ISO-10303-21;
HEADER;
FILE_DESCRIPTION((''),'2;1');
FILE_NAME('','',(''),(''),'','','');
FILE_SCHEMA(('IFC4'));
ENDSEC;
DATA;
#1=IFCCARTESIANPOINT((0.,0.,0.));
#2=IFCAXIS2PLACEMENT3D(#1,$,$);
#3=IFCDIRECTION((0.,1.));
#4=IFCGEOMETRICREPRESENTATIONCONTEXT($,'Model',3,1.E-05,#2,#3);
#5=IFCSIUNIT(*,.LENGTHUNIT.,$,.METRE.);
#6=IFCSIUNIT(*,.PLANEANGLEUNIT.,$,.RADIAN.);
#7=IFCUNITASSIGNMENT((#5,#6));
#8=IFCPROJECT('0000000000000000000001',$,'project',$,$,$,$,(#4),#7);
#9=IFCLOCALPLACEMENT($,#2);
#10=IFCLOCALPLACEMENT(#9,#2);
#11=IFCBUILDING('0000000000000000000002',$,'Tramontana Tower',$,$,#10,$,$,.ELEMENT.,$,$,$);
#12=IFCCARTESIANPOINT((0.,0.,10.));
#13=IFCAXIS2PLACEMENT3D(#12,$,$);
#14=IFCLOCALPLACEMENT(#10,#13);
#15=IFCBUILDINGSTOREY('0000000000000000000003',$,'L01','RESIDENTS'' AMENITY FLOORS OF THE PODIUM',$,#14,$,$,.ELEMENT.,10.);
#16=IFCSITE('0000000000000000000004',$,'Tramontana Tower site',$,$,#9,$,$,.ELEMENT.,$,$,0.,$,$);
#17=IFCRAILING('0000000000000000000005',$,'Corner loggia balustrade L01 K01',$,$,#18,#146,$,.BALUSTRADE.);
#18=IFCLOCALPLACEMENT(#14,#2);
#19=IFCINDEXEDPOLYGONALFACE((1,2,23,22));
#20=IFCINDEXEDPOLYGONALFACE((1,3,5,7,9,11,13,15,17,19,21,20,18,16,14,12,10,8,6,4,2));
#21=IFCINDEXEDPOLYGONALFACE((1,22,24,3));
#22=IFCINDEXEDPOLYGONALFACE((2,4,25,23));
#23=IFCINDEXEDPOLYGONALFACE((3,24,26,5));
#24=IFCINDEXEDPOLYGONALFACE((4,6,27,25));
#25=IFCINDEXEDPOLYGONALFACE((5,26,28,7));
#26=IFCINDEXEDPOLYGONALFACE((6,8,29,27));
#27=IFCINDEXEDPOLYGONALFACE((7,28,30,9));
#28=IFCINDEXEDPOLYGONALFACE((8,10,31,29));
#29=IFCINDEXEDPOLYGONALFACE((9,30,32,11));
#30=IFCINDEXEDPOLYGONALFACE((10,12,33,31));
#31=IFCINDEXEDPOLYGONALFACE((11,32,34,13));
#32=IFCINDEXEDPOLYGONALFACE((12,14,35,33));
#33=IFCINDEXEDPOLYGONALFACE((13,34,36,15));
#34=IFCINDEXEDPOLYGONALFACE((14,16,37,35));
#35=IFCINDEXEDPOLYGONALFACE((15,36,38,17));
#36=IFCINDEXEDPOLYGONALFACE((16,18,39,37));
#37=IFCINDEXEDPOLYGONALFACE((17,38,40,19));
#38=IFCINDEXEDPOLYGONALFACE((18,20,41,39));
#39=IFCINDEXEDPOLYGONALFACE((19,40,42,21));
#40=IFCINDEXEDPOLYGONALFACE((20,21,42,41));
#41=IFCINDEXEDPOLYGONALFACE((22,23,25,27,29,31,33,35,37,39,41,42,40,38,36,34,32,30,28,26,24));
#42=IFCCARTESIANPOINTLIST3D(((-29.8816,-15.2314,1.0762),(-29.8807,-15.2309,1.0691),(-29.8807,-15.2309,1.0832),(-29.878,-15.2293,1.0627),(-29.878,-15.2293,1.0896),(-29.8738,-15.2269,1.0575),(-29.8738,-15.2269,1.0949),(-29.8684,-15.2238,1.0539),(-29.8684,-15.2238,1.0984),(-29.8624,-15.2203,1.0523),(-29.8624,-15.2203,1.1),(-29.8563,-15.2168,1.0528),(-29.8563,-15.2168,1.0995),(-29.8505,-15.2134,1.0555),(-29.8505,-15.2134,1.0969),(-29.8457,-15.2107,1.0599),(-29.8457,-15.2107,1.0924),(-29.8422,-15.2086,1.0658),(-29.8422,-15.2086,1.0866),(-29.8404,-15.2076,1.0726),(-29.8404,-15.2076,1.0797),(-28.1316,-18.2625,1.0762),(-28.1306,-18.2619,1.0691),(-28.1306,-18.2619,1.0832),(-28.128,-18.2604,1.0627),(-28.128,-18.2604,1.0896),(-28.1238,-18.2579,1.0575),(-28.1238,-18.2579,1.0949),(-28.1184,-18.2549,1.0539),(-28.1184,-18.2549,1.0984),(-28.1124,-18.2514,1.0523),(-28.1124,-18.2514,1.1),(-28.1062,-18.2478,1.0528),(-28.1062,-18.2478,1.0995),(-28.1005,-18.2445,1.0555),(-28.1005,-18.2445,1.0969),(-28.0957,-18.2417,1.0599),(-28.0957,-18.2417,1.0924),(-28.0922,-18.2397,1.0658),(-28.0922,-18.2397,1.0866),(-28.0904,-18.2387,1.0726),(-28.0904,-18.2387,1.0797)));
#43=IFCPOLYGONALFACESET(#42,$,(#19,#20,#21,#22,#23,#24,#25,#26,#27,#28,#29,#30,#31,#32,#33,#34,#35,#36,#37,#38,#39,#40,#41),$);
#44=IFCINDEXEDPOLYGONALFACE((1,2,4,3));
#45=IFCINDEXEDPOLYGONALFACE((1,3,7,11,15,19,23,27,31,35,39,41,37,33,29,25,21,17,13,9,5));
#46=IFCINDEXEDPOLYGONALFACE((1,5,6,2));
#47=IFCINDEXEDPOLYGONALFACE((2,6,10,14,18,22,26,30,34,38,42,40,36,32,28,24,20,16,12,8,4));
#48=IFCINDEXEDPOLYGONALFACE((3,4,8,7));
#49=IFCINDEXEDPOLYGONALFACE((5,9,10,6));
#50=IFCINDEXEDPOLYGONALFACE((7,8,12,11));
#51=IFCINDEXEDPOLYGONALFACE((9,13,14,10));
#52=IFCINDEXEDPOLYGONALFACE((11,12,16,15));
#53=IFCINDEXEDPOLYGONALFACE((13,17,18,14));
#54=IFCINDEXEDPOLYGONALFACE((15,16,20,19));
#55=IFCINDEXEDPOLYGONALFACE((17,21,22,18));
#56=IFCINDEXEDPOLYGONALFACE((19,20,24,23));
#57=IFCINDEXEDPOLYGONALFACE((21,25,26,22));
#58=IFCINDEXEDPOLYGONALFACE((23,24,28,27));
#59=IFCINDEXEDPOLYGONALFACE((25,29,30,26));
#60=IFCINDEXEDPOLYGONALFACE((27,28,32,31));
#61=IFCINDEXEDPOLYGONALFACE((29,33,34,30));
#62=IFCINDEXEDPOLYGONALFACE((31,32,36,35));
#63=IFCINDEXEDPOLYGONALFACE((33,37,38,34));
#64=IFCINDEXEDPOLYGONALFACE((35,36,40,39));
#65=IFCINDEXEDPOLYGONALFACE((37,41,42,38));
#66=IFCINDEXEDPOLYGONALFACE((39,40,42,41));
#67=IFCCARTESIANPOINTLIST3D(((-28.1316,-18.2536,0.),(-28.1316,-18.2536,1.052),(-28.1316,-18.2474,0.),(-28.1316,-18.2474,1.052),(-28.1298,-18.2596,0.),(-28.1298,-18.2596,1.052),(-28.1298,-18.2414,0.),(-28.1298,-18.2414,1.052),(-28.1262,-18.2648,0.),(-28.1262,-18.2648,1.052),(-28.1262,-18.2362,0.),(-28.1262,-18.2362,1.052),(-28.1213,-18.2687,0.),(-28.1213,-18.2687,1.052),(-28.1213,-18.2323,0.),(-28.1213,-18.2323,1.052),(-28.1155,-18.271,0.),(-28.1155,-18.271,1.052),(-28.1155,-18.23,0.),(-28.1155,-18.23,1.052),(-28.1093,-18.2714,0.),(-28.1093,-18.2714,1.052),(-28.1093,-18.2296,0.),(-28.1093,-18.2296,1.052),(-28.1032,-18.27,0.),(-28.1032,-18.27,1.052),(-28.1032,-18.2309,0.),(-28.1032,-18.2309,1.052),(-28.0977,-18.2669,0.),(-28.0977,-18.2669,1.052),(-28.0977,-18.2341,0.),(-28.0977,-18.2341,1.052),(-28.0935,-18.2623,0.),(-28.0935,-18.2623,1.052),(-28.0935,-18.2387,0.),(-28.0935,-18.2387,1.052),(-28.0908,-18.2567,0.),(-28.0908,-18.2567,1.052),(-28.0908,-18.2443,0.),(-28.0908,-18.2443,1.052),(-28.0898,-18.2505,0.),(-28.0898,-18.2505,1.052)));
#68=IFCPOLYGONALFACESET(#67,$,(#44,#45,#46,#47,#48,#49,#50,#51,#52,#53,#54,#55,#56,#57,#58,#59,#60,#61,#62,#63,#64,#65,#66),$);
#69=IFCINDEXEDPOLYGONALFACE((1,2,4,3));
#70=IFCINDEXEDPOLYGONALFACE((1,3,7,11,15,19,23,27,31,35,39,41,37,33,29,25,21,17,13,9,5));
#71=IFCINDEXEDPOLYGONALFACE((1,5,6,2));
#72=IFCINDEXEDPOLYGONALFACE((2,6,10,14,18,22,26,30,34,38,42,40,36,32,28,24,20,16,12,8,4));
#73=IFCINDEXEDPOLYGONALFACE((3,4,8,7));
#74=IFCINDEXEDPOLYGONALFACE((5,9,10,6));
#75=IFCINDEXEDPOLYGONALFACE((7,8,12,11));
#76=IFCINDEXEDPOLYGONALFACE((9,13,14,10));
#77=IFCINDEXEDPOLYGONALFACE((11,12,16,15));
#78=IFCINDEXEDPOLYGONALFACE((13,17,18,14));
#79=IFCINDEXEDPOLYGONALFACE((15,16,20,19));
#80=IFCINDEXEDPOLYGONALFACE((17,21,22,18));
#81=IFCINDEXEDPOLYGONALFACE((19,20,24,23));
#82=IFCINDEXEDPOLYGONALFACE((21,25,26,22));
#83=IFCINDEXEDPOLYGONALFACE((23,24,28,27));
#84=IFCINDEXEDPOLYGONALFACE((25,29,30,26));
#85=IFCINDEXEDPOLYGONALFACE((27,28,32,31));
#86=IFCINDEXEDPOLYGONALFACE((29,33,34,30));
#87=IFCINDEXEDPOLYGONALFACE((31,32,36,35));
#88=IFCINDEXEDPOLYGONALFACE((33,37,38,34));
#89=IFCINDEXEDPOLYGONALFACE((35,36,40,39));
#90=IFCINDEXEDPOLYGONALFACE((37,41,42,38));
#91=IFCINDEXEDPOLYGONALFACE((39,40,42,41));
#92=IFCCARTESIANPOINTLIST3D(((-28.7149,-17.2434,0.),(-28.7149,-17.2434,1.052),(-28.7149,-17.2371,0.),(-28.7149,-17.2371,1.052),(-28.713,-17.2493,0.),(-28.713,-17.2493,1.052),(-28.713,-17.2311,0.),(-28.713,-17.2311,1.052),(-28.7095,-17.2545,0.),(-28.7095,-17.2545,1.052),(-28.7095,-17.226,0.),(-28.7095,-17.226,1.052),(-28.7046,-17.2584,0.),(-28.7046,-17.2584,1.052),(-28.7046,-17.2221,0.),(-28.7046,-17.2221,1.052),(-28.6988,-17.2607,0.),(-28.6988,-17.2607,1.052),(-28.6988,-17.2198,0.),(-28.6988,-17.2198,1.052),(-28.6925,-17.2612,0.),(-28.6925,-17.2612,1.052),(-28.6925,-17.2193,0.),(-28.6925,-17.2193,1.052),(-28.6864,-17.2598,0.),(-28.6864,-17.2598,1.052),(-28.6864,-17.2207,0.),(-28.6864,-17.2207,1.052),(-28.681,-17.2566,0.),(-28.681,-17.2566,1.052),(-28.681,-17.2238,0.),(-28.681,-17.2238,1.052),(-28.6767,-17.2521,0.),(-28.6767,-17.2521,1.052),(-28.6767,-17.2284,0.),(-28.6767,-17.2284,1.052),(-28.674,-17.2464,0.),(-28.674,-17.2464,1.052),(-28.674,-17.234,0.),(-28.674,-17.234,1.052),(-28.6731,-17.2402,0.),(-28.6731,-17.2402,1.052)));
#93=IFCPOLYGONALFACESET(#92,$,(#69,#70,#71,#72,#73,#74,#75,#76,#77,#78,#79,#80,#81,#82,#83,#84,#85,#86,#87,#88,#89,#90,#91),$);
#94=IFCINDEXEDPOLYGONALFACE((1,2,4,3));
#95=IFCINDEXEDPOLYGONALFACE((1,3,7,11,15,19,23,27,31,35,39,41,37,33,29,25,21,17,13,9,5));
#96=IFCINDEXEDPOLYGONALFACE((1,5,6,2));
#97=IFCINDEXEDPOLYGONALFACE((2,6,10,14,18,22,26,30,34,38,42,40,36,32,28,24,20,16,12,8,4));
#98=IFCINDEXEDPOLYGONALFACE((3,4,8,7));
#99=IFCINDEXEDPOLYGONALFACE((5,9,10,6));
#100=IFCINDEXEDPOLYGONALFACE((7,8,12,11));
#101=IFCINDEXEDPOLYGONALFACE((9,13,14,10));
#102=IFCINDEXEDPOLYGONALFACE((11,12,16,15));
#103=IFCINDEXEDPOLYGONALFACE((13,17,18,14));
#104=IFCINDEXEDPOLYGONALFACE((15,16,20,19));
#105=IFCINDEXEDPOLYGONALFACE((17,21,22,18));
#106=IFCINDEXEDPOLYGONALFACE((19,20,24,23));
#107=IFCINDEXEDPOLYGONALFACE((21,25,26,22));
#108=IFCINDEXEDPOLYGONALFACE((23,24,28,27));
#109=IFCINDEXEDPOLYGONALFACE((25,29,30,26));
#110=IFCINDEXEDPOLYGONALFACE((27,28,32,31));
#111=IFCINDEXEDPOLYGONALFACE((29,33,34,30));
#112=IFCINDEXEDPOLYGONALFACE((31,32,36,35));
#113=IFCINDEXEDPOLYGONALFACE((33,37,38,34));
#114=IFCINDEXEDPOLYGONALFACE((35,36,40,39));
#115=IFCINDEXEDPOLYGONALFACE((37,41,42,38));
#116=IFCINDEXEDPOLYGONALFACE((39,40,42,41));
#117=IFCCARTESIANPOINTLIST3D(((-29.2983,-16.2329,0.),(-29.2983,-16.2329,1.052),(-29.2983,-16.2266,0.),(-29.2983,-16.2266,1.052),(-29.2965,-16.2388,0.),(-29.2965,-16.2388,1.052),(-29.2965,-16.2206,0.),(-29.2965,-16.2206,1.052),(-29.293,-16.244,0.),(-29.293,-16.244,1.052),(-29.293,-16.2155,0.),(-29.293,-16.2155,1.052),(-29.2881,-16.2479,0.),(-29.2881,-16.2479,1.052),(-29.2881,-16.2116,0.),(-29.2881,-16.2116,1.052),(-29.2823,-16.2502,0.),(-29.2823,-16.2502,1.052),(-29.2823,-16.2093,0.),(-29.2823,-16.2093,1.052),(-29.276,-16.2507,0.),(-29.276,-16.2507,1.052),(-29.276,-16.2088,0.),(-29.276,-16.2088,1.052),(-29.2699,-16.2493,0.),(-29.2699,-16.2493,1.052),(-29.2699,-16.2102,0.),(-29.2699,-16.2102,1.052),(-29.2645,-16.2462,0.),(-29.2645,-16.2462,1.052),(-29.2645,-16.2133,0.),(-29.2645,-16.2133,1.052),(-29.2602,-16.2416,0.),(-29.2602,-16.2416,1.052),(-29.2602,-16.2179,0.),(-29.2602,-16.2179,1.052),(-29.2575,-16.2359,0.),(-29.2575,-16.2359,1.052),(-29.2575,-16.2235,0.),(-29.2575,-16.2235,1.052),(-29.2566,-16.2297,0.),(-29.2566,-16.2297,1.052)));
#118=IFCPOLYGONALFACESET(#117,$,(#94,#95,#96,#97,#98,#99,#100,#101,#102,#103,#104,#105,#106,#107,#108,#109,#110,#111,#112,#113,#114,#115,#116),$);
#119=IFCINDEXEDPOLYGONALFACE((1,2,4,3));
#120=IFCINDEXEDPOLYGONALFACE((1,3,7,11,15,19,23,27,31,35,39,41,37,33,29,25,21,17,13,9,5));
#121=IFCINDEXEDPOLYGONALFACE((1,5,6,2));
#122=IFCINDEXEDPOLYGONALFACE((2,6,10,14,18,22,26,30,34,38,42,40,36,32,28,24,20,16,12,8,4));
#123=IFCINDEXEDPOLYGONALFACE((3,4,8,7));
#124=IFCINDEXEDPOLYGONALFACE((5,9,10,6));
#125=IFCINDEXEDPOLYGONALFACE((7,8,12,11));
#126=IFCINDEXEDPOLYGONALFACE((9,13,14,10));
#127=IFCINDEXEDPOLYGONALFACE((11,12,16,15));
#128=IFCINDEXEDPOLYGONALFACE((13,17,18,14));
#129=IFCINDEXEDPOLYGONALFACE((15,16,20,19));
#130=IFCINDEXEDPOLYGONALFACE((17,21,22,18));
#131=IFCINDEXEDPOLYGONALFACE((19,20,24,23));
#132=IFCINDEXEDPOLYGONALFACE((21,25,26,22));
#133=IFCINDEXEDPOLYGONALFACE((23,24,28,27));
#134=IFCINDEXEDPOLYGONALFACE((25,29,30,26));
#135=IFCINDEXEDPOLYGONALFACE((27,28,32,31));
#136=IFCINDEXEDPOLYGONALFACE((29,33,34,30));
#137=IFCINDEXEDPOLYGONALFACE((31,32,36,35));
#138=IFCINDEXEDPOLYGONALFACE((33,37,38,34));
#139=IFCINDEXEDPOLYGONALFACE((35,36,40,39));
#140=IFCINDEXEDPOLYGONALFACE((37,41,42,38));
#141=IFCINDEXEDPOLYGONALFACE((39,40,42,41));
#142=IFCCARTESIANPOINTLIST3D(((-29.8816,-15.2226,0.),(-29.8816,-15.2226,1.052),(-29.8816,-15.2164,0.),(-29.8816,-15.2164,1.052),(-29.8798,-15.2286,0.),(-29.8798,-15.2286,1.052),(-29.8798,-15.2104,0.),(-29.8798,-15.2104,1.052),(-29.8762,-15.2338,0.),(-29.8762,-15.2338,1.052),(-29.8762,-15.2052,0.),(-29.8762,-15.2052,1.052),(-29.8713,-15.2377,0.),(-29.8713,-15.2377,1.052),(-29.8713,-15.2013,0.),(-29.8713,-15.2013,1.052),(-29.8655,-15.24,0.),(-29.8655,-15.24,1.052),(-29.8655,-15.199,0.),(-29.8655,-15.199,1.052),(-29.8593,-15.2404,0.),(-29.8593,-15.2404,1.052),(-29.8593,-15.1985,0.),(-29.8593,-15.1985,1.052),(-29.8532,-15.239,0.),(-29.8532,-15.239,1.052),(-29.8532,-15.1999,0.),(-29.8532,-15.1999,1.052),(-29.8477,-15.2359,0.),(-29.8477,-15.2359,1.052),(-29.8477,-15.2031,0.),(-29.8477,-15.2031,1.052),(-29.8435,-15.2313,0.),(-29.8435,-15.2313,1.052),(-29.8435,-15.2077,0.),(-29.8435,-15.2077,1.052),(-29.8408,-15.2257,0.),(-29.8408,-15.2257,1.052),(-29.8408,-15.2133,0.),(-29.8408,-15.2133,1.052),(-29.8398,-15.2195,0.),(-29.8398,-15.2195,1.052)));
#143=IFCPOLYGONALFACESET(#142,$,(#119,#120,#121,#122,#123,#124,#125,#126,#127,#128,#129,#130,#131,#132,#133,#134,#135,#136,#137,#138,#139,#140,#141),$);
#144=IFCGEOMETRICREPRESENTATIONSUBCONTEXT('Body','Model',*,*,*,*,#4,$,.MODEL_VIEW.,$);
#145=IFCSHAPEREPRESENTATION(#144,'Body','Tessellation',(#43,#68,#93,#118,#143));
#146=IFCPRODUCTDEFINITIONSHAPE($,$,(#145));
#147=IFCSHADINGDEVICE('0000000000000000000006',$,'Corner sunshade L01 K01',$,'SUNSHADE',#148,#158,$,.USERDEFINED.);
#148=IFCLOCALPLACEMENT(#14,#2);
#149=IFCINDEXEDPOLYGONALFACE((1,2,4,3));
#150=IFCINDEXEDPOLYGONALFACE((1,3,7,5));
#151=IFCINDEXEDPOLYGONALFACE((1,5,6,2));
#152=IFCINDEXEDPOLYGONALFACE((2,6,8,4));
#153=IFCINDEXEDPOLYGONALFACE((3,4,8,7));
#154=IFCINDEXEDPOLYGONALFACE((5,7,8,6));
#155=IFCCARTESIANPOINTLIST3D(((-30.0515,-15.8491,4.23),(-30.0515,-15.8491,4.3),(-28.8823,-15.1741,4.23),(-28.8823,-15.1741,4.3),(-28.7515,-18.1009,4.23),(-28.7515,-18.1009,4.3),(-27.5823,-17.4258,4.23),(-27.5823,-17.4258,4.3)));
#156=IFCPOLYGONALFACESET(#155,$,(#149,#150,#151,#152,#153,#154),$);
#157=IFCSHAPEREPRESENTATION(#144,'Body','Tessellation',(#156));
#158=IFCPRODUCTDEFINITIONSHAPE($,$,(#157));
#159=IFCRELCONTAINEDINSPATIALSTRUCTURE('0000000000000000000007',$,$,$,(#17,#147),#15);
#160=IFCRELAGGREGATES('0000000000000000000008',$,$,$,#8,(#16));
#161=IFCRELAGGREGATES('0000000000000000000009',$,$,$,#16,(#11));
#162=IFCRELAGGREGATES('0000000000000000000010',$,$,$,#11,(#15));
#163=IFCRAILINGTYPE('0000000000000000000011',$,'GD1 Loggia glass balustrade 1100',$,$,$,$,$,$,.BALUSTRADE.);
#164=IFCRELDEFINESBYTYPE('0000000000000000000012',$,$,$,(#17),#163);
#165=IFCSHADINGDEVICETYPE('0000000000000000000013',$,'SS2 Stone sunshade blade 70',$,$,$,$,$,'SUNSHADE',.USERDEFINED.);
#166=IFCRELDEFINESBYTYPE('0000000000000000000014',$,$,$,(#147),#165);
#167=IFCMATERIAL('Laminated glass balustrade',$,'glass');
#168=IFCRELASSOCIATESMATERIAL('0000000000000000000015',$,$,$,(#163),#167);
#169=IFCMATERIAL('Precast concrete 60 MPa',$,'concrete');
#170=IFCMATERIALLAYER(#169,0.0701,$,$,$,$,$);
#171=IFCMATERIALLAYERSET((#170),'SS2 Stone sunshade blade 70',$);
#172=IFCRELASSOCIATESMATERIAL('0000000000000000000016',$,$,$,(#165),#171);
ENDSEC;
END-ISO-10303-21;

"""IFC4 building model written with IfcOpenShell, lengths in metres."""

from ifc_helpers import new_model, si_unit, direction, frame, origin, origin_2d, place, context, subcontext, project, spatial, rectangle, circle, extrude, material, layer, layer_set, type_object, element, save


model = new_model("IFC4")

# Units and contexts
model_context = context("Model", 3, precision=1e-05, world=origin(), true_north=direction((0.0, 1.0)))
body_context = subcontext(model_context, "Body", "Model", "MODEL_VIEW")
ifc_project = project(units=[si_unit("LENGTHUNIT", "METRE"), si_unit("PLANEANGLEUNIT", "RADIAN")], contexts=[model_context])

# Site, building, storey
site_placement = place(None, origin())
site = spatial("IfcSite", under=ifc_project, at=site_placement, Name="Tramontana Tower site", CompositionType="ELEMENT", RefElevation=0.0)
building_placement = place(site_placement, origin())
building = spatial("IfcBuilding", under=site, at=building_placement, Name="Tramontana Tower", CompositionType="ELEMENT")
storey_placement = place(building_placement, frame((0.0, 0.0, 10.0)))
storey = spatial("IfcBuildingStorey", under=building, at=storey_placement, Name="L01", Description="RESIDENTS' AMENITY FLOORS OF THE PODIUM", CompositionType="ELEMENT", Elevation=10.0)

# Railing
ifc_material_1 = material(Name="Laminated glass balustrade", Category="glass")
railing_type = type_object("IfcRailingType", Name="GD1 Loggia glass balustrade 1100", PredefinedType="BALUSTRADE", material=ifc_material_1)
railing_placement = place(storey_placement, frame((-28.1108, -18.2505, 0.0)))
element("IfcRailing", 1, at=railing_placement, inside=storey, type_object=railing_type, Name="Corner loggia balustrade L01 K01", PredefinedType="BALUSTRADE", context=body_context, shape_type="SweptSolid", body=[
    extrude(circle(Radius=0.0239, at=origin_2d()), frame((0.0, 0.0, 1.0762), z_axis=(-0.50001, 0.866019, 0.0), x_axis=(-0.866019, -0.50001, 0.0)), (0.0, 0.0, 1.0), 3.5),
    extrude(circle(Radius=0.021, at=origin_2d()), origin(), (0.0, 0.0, 1.0), 1.052),
    extrude(circle(Radius=0.021, at=origin_2d()), frame((-0.5833, 1.0103, 0.0)), (0.0, 0.0, 1.0), 1.052),
    extrude(circle(Radius=0.021, at=origin_2d()), frame((-1.1667, 2.0208, 0.0)), (0.0, 0.0, 1.0), 1.052),
    extrude(circle(Radius=0.021, at=origin_2d()), frame((-1.75, 3.031, 0.0)), (0.0, 0.0, 1.0), 1.052),
])

# Shading device
ifc_material_2 = material(Name="Precast concrete 60 MPa", Category="concrete")
ifc_layer_1 = layer(ifc_material_2, 0.0701)
ifc_layer_set_1 = layer_set([ifc_layer_1], Name="SS2 Stone sunshade blade 70")
shading_device_type = type_object("IfcShadingDeviceType", Name="SS2 Stone sunshade blade 70", ElementType="SUNSHADE", PredefinedType="USERDEFINED", material=ifc_layer_set_1)
shading_device_placement = place(storey_placement, frame((-28.8169, -16.6375, 4.23), z_axis=(0.0, 0.0, 1.0), x_axis=(-0.5, 0.866025, 0.0)))
element("IfcShadingDevice", 2, at=shading_device_placement, inside=storey, type_object=shading_device_type, Name="Corner sunshade L01 K01", ObjectType="SUNSHADE", PredefinedType="USERDEFINED", context=body_context, shape_type="SweptSolid", body=[
    extrude(rectangle(XDim=2.6001, YDim=1.3501, at=origin_2d()), origin(), (0.0, 0.0, 1.0), 0.0701),
])

save(model, "model.ifc")
